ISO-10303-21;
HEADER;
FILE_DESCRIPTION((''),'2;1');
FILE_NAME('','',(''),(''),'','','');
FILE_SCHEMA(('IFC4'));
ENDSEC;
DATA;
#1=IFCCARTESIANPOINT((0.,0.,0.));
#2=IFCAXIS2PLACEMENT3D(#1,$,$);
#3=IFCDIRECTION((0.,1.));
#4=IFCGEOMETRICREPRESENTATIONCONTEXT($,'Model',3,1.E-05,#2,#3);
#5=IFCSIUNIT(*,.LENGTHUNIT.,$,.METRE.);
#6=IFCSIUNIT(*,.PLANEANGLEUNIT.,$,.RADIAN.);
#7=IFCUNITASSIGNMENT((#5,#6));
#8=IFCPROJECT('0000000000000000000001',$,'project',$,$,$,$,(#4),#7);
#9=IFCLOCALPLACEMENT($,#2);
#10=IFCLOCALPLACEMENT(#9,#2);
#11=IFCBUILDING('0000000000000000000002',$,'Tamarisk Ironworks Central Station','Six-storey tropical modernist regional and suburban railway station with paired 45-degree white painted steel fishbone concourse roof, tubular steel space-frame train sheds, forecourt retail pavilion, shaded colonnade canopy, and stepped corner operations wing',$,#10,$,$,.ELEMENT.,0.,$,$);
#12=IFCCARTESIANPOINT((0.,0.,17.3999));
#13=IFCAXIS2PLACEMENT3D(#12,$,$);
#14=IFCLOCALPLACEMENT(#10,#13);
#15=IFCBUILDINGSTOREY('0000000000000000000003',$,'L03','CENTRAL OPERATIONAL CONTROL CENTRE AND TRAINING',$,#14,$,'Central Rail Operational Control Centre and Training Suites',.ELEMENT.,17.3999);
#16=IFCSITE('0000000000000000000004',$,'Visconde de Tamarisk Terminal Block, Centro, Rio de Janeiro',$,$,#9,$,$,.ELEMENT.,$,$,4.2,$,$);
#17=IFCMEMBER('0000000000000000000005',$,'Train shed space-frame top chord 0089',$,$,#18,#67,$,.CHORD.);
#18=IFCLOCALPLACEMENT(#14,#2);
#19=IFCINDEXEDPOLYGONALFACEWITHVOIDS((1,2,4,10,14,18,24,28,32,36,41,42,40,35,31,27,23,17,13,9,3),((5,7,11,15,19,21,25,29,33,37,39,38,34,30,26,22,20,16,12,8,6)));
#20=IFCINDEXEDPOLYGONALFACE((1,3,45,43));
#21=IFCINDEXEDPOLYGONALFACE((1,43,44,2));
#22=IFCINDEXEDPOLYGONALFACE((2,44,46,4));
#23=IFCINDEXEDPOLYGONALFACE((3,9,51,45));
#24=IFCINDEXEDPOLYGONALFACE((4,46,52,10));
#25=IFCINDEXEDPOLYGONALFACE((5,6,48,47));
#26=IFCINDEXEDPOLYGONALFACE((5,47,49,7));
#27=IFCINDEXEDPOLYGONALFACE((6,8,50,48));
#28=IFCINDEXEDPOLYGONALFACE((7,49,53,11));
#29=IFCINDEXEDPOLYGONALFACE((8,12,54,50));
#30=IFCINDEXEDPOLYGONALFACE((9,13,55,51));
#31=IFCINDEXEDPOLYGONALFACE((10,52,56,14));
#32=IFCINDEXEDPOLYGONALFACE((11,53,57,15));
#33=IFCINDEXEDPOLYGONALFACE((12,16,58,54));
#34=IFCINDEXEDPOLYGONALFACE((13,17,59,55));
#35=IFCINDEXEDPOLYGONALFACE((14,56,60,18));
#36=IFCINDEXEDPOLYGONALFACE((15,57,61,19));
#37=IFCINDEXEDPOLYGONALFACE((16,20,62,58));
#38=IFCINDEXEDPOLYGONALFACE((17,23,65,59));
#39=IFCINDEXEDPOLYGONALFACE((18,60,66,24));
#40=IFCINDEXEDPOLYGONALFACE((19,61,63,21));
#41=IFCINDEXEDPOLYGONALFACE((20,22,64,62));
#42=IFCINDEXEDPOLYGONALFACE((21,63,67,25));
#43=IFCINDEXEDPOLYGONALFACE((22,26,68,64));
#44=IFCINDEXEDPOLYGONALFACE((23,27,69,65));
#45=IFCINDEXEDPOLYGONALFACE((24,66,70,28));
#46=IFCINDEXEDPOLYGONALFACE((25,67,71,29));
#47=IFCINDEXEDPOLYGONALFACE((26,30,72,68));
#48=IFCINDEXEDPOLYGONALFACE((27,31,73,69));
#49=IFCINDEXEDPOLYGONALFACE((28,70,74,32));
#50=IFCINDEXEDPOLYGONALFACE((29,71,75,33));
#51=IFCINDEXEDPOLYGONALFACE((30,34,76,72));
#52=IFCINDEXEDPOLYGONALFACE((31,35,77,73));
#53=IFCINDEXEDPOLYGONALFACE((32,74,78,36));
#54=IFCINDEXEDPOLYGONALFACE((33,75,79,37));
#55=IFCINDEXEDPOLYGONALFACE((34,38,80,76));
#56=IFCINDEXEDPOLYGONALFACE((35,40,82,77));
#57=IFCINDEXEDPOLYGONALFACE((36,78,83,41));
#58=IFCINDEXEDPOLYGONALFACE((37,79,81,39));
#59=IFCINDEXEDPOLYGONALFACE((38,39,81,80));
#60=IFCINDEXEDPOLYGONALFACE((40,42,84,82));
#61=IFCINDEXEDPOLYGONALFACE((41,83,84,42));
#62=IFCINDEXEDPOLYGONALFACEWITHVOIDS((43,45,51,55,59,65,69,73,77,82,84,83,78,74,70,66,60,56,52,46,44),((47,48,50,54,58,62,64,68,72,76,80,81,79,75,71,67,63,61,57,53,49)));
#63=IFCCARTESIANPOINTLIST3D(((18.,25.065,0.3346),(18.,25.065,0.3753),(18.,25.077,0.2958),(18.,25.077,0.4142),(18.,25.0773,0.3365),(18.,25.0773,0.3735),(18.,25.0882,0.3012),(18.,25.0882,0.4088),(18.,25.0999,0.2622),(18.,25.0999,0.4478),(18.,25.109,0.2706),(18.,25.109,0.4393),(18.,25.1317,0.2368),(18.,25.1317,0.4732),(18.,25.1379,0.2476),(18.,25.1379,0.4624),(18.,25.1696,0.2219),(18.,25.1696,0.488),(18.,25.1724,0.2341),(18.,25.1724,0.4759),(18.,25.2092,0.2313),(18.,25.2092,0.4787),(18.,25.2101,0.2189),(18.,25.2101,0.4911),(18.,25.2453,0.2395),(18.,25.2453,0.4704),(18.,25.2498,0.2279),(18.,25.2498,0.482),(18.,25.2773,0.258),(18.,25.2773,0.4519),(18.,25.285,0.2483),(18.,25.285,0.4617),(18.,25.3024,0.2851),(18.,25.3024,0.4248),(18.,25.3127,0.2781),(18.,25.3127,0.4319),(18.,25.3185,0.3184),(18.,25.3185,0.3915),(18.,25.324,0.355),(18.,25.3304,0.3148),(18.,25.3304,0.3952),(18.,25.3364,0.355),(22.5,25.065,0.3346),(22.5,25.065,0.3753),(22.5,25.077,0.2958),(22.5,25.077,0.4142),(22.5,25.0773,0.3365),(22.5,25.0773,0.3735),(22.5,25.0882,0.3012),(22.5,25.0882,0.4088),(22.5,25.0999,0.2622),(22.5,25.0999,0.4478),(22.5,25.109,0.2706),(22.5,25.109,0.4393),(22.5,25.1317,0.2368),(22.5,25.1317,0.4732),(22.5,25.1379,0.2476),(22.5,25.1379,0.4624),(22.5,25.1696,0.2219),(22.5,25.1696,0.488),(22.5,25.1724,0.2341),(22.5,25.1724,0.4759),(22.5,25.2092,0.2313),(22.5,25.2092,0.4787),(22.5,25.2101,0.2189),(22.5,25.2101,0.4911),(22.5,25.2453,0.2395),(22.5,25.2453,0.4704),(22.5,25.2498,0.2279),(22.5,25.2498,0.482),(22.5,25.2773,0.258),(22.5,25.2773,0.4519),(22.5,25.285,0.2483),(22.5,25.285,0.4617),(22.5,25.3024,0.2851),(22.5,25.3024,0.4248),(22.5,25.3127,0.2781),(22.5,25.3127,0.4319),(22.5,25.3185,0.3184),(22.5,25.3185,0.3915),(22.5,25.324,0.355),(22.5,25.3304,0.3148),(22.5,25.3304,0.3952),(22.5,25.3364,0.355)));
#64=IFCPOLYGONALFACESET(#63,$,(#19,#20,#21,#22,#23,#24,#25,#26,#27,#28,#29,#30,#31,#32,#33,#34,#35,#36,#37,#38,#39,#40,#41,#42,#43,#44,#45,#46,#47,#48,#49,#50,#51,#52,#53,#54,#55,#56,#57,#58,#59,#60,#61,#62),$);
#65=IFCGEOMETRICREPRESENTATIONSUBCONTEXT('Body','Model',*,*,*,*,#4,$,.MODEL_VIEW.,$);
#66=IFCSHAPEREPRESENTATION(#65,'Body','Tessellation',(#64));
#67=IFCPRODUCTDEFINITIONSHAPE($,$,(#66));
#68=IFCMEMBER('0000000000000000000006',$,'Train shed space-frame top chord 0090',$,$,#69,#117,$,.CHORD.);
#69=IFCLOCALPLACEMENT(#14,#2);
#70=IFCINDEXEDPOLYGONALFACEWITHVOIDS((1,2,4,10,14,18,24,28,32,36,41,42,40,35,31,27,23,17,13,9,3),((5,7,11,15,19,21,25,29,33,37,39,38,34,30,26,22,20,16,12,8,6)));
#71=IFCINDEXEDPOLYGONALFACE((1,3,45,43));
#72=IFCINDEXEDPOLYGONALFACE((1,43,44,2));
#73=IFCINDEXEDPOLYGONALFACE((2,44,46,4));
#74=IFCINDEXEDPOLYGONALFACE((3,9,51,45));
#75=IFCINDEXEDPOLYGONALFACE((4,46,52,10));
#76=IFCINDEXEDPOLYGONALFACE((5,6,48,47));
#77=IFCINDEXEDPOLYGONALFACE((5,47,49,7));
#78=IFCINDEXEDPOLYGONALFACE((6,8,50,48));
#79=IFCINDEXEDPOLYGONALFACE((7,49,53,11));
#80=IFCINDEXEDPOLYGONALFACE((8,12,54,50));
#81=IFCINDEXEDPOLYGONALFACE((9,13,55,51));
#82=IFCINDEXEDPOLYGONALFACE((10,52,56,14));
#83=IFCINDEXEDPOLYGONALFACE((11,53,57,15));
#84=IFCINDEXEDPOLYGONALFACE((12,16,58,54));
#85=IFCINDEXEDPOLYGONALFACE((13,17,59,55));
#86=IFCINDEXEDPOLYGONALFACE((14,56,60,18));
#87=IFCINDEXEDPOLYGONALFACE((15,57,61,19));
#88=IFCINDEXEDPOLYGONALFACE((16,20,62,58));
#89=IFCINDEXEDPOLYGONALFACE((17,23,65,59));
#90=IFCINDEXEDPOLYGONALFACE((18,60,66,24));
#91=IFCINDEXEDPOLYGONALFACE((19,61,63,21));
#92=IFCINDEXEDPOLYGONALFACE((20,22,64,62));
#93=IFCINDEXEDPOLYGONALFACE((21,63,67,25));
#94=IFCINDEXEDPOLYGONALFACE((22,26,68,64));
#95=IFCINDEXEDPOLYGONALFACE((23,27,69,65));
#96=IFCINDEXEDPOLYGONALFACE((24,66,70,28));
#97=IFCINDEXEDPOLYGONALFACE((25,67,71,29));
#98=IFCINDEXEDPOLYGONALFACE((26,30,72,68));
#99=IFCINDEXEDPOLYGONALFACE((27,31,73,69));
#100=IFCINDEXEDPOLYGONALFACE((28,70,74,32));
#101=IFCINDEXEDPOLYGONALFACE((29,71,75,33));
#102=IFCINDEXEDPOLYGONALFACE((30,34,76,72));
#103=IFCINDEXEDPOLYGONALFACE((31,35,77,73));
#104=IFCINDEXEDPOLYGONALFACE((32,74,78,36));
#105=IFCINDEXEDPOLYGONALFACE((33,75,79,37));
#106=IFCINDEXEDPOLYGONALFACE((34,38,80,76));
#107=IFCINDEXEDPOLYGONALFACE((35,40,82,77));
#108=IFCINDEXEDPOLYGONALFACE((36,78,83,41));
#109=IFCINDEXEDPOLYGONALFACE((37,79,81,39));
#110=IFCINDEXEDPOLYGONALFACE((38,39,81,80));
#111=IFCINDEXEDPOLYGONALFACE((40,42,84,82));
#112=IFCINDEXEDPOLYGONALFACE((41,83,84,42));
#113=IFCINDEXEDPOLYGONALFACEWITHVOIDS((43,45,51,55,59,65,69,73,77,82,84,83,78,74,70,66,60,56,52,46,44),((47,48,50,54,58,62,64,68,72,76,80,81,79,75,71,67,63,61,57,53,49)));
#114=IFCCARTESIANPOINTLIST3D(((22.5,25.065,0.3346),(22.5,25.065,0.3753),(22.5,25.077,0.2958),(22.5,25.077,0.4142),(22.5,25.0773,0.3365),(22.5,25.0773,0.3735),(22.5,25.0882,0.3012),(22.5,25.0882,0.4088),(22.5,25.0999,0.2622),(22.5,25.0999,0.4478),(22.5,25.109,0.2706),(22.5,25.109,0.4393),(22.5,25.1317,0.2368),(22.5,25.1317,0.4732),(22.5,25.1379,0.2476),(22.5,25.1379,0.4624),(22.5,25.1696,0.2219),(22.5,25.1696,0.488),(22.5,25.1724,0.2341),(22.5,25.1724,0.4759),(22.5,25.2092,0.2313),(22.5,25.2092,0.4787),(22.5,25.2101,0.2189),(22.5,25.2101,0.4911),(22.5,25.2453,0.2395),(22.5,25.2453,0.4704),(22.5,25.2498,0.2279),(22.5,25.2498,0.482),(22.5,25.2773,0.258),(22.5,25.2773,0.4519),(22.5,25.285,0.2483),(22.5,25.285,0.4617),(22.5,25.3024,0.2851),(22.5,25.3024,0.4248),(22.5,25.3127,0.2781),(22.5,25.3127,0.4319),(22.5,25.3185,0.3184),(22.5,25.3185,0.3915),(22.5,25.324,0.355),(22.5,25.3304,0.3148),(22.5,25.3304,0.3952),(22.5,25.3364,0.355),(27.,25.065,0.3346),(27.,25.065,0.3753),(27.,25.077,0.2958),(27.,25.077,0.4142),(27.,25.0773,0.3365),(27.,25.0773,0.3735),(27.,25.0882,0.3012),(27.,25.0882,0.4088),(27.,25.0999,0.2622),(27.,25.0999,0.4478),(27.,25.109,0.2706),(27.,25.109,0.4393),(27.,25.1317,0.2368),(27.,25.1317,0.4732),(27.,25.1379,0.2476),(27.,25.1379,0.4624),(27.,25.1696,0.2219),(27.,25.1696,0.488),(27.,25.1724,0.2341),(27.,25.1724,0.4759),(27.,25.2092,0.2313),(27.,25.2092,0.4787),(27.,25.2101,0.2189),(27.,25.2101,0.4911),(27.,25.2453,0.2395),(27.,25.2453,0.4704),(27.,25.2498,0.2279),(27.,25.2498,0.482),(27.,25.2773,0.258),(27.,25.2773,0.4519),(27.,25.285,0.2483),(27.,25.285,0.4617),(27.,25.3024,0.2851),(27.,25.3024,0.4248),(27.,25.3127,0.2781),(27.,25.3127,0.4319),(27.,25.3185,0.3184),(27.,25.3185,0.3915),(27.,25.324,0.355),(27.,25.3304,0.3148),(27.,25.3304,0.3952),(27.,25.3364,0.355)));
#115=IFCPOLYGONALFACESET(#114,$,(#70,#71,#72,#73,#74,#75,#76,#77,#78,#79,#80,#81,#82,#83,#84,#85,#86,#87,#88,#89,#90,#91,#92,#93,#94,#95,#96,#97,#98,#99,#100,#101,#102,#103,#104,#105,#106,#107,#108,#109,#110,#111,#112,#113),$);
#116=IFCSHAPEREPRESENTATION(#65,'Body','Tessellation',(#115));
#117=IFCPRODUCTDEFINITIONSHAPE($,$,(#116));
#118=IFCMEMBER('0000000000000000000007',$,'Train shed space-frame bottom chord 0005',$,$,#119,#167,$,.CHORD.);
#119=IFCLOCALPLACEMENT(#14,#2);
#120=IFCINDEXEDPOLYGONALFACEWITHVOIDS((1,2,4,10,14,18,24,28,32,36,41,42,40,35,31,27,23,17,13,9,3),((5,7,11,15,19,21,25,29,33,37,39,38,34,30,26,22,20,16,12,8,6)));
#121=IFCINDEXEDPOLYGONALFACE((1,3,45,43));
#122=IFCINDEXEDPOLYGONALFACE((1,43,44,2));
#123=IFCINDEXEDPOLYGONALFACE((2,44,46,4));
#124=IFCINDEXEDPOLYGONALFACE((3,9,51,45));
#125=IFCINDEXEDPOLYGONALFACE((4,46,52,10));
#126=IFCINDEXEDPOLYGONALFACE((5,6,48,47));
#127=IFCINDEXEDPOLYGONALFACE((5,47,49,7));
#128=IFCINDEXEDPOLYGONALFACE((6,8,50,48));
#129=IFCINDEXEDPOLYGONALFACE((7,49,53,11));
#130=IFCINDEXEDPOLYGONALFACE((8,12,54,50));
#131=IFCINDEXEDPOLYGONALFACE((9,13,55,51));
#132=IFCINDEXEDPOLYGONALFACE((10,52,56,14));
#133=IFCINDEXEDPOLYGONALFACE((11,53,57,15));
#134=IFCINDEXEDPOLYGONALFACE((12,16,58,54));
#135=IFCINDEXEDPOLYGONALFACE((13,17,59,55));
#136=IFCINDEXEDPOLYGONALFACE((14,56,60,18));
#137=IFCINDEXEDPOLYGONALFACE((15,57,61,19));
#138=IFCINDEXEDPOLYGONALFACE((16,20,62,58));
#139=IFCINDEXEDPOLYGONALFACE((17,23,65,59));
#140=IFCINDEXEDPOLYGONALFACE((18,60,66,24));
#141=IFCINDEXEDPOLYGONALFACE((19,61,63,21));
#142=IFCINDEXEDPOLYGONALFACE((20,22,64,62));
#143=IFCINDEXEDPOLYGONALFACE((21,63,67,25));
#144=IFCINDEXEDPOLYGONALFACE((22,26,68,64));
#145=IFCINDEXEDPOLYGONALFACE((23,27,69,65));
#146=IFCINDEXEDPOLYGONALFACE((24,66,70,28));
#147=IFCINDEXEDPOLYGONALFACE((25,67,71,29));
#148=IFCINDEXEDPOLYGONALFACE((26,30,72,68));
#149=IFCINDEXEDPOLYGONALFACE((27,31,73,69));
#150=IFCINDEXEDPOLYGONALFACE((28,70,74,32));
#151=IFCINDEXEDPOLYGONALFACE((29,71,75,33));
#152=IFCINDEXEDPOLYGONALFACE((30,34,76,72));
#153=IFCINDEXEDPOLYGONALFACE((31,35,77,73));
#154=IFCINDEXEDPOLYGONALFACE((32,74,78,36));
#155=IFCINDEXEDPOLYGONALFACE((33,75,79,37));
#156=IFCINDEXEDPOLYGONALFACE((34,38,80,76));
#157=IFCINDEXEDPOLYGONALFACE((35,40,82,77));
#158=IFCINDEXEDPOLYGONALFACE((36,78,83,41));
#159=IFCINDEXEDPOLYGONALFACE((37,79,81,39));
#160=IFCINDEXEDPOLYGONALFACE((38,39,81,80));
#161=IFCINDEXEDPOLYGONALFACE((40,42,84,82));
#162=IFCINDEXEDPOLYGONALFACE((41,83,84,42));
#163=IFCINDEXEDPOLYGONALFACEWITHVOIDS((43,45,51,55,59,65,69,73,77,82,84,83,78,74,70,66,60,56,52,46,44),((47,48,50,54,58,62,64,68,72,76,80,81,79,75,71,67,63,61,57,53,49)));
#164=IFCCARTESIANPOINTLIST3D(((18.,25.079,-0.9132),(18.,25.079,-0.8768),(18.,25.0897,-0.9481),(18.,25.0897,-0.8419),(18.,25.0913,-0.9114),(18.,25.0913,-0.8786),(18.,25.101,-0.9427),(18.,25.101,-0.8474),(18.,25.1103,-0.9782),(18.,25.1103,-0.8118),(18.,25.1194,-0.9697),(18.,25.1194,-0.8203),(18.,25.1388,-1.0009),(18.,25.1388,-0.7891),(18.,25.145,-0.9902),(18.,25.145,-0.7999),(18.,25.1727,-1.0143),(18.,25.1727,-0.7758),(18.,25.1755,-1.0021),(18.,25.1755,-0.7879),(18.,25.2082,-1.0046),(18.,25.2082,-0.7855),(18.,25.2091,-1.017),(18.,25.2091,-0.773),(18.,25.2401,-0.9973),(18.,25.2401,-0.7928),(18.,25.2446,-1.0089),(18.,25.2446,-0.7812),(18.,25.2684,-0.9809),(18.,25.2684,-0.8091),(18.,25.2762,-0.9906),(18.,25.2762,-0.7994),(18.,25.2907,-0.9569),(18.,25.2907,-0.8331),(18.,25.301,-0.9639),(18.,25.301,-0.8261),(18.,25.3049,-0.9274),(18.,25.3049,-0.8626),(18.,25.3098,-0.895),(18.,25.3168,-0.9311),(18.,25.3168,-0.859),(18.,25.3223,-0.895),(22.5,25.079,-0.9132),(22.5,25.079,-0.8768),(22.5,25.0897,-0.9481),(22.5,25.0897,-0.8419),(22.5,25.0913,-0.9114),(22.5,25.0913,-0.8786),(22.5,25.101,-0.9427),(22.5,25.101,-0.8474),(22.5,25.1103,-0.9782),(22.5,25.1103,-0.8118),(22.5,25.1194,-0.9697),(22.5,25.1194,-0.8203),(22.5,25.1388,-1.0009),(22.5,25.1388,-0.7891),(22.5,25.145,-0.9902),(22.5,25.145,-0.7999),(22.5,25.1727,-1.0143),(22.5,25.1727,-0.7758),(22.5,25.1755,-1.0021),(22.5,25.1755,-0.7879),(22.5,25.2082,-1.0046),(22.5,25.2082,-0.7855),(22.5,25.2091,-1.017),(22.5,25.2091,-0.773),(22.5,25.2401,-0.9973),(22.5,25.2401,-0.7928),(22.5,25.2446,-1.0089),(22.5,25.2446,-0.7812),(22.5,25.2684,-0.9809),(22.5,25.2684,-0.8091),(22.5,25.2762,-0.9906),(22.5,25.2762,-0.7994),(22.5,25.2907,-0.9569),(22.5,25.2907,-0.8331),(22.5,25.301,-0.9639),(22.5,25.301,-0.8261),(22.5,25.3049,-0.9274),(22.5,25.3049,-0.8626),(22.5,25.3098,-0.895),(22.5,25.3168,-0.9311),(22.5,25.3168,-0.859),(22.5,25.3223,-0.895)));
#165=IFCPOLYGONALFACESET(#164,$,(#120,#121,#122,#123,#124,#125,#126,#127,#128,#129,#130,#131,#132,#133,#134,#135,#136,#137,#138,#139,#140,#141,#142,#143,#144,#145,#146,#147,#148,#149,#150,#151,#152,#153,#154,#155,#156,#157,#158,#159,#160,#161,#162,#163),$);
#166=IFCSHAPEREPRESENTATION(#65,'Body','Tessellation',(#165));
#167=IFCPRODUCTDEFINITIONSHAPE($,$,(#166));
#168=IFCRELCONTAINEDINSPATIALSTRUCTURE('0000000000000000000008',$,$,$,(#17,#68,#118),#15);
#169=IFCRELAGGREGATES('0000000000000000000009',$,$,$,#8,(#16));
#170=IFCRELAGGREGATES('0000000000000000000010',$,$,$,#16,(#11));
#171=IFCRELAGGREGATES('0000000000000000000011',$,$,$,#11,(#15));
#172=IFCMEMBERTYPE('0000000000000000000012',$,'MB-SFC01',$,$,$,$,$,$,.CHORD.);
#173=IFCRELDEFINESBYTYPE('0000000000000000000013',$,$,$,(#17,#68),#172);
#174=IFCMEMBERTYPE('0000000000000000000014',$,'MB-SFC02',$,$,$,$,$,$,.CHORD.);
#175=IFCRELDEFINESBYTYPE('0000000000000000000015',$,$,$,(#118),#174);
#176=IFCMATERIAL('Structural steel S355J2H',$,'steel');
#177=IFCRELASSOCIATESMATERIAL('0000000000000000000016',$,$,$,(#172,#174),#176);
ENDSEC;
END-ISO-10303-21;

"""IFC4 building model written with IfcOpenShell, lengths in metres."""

from ifc_helpers import new_model, si_unit, direction, frame, origin, origin_2d, place, context, subcontext, project, spatial, hollow_circle, extrude, material, material_profile, profile_set, type_object, element, save


model = new_model("IFC4")

# Units and contexts
model_context = context("Model", 3, precision=1e-05, world=origin(), true_north=direction((0.0, 1.0)))
body_context = subcontext(model_context, "Body", "Model", "MODEL_VIEW")
ifc_project = project(units=[si_unit("LENGTHUNIT", "METRE"), si_unit("PLANEANGLEUNIT", "RADIAN")], contexts=[model_context])

# Site, building, storey
site_placement = place(None, origin())
site = spatial("IfcSite", under=ifc_project, at=site_placement, Name="Visconde de Tamarisk Terminal Block, Centro, Rio de Janeiro", CompositionType="ELEMENT", RefElevation=4.2)
building_placement = place(site_placement, origin())
building = spatial("IfcBuilding", under=site, at=building_placement, Name="Tamarisk Ironworks Central Station", Description="Six-storey tropical modernist regional and suburban railway station with paired 45-degree white painted steel fishbone concourse roof, tubular steel space-frame train sheds, forecourt retail pavilion, shaded colonnade canopy, and stepped corner operations wing", CompositionType="ELEMENT", ElevationOfRefHeight=0.0)
storey_placement = place(building_placement, frame((0.0, 0.0, 17.3999)))
storey = spatial("IfcBuildingStorey", under=building, at=storey_placement, Name="L03", Description="CENTRAL OPERATIONAL CONTROL CENTRE AND TRAINING", LongName="Central Rail Operational Control Centre and Training Suites", CompositionType="ELEMENT", Elevation=17.3999)

# Members
ifc_material_1 = material(Name="Structural steel S355J2H", Category="steel")
ifc_material_profile_1 = material_profile(ifc_material_1, hollow_circle(Radius=0.1365, WallThickness=0.0125, at=origin_2d()), Name="CHS 273x12.5")
ifc_profile_set_1 = profile_set([ifc_material_profile_1], Name="Structural steel S355J2H")
member_type_1 = type_object("IfcMemberType", Name="MB-SFC01", PredefinedType="CHORD", material=ifc_profile_set_1)
for number, where, z_axis, x_axis, name in (
    (1, (18.0, 25.2, 0.355), (1.0, 0.0, 0.0), (0.0, 1.0, 0.0), "Train shed space-frame top chord 0089"),
    (2, (22.5, 25.2, 0.355), (1.0, 0.0, 0.0), (0.0, 1.0, 0.0), "Train shed space-frame top chord 0090"),
):
    element("IfcMember", number, at=place(storey_placement, frame(where, z_axis=z_axis, x_axis=x_axis)), inside=storey, type_object=member_type_1, Name=name, PredefinedType="CHORD", context=body_context, shape_type="SweptSolid", body=[
        extrude(hollow_circle(Radius=0.1365, WallThickness=0.0125, at=origin_2d()), origin(), (0.0, 0.0, 1.0), 4.5),
    ])
ifc_material_profile_2 = material_profile(ifc_material_1, hollow_circle(Radius=0.1223, WallThickness=0.0125, at=origin_2d()), Name="CHS 244.5x12.5")
ifc_profile_set_2 = profile_set([ifc_material_profile_2], Name="Structural steel S355J2H")
member_type_2 = type_object("IfcMemberType", Name="MB-SFC02", PredefinedType="CHORD", material=ifc_profile_set_2)
for number, where, z_axis, x_axis, name in (
    (3, (18.0, 25.2, -0.895), (1.0, 0.0, 0.0), (0.0, 1.0, 0.0), "Train shed space-frame bottom chord 0005"),
):
    element("IfcMember", number, at=place(storey_placement, frame(where, z_axis=z_axis, x_axis=x_axis)), inside=storey, type_object=member_type_2, Name=name, PredefinedType="CHORD", context=body_context, shape_type="SweptSolid", body=[
        extrude(hollow_circle(Radius=0.1223, WallThickness=0.0125, at=origin_2d()), origin(), (0.0, 0.0, 1.0), 4.5),
    ])

save(model, "model.ifc")
